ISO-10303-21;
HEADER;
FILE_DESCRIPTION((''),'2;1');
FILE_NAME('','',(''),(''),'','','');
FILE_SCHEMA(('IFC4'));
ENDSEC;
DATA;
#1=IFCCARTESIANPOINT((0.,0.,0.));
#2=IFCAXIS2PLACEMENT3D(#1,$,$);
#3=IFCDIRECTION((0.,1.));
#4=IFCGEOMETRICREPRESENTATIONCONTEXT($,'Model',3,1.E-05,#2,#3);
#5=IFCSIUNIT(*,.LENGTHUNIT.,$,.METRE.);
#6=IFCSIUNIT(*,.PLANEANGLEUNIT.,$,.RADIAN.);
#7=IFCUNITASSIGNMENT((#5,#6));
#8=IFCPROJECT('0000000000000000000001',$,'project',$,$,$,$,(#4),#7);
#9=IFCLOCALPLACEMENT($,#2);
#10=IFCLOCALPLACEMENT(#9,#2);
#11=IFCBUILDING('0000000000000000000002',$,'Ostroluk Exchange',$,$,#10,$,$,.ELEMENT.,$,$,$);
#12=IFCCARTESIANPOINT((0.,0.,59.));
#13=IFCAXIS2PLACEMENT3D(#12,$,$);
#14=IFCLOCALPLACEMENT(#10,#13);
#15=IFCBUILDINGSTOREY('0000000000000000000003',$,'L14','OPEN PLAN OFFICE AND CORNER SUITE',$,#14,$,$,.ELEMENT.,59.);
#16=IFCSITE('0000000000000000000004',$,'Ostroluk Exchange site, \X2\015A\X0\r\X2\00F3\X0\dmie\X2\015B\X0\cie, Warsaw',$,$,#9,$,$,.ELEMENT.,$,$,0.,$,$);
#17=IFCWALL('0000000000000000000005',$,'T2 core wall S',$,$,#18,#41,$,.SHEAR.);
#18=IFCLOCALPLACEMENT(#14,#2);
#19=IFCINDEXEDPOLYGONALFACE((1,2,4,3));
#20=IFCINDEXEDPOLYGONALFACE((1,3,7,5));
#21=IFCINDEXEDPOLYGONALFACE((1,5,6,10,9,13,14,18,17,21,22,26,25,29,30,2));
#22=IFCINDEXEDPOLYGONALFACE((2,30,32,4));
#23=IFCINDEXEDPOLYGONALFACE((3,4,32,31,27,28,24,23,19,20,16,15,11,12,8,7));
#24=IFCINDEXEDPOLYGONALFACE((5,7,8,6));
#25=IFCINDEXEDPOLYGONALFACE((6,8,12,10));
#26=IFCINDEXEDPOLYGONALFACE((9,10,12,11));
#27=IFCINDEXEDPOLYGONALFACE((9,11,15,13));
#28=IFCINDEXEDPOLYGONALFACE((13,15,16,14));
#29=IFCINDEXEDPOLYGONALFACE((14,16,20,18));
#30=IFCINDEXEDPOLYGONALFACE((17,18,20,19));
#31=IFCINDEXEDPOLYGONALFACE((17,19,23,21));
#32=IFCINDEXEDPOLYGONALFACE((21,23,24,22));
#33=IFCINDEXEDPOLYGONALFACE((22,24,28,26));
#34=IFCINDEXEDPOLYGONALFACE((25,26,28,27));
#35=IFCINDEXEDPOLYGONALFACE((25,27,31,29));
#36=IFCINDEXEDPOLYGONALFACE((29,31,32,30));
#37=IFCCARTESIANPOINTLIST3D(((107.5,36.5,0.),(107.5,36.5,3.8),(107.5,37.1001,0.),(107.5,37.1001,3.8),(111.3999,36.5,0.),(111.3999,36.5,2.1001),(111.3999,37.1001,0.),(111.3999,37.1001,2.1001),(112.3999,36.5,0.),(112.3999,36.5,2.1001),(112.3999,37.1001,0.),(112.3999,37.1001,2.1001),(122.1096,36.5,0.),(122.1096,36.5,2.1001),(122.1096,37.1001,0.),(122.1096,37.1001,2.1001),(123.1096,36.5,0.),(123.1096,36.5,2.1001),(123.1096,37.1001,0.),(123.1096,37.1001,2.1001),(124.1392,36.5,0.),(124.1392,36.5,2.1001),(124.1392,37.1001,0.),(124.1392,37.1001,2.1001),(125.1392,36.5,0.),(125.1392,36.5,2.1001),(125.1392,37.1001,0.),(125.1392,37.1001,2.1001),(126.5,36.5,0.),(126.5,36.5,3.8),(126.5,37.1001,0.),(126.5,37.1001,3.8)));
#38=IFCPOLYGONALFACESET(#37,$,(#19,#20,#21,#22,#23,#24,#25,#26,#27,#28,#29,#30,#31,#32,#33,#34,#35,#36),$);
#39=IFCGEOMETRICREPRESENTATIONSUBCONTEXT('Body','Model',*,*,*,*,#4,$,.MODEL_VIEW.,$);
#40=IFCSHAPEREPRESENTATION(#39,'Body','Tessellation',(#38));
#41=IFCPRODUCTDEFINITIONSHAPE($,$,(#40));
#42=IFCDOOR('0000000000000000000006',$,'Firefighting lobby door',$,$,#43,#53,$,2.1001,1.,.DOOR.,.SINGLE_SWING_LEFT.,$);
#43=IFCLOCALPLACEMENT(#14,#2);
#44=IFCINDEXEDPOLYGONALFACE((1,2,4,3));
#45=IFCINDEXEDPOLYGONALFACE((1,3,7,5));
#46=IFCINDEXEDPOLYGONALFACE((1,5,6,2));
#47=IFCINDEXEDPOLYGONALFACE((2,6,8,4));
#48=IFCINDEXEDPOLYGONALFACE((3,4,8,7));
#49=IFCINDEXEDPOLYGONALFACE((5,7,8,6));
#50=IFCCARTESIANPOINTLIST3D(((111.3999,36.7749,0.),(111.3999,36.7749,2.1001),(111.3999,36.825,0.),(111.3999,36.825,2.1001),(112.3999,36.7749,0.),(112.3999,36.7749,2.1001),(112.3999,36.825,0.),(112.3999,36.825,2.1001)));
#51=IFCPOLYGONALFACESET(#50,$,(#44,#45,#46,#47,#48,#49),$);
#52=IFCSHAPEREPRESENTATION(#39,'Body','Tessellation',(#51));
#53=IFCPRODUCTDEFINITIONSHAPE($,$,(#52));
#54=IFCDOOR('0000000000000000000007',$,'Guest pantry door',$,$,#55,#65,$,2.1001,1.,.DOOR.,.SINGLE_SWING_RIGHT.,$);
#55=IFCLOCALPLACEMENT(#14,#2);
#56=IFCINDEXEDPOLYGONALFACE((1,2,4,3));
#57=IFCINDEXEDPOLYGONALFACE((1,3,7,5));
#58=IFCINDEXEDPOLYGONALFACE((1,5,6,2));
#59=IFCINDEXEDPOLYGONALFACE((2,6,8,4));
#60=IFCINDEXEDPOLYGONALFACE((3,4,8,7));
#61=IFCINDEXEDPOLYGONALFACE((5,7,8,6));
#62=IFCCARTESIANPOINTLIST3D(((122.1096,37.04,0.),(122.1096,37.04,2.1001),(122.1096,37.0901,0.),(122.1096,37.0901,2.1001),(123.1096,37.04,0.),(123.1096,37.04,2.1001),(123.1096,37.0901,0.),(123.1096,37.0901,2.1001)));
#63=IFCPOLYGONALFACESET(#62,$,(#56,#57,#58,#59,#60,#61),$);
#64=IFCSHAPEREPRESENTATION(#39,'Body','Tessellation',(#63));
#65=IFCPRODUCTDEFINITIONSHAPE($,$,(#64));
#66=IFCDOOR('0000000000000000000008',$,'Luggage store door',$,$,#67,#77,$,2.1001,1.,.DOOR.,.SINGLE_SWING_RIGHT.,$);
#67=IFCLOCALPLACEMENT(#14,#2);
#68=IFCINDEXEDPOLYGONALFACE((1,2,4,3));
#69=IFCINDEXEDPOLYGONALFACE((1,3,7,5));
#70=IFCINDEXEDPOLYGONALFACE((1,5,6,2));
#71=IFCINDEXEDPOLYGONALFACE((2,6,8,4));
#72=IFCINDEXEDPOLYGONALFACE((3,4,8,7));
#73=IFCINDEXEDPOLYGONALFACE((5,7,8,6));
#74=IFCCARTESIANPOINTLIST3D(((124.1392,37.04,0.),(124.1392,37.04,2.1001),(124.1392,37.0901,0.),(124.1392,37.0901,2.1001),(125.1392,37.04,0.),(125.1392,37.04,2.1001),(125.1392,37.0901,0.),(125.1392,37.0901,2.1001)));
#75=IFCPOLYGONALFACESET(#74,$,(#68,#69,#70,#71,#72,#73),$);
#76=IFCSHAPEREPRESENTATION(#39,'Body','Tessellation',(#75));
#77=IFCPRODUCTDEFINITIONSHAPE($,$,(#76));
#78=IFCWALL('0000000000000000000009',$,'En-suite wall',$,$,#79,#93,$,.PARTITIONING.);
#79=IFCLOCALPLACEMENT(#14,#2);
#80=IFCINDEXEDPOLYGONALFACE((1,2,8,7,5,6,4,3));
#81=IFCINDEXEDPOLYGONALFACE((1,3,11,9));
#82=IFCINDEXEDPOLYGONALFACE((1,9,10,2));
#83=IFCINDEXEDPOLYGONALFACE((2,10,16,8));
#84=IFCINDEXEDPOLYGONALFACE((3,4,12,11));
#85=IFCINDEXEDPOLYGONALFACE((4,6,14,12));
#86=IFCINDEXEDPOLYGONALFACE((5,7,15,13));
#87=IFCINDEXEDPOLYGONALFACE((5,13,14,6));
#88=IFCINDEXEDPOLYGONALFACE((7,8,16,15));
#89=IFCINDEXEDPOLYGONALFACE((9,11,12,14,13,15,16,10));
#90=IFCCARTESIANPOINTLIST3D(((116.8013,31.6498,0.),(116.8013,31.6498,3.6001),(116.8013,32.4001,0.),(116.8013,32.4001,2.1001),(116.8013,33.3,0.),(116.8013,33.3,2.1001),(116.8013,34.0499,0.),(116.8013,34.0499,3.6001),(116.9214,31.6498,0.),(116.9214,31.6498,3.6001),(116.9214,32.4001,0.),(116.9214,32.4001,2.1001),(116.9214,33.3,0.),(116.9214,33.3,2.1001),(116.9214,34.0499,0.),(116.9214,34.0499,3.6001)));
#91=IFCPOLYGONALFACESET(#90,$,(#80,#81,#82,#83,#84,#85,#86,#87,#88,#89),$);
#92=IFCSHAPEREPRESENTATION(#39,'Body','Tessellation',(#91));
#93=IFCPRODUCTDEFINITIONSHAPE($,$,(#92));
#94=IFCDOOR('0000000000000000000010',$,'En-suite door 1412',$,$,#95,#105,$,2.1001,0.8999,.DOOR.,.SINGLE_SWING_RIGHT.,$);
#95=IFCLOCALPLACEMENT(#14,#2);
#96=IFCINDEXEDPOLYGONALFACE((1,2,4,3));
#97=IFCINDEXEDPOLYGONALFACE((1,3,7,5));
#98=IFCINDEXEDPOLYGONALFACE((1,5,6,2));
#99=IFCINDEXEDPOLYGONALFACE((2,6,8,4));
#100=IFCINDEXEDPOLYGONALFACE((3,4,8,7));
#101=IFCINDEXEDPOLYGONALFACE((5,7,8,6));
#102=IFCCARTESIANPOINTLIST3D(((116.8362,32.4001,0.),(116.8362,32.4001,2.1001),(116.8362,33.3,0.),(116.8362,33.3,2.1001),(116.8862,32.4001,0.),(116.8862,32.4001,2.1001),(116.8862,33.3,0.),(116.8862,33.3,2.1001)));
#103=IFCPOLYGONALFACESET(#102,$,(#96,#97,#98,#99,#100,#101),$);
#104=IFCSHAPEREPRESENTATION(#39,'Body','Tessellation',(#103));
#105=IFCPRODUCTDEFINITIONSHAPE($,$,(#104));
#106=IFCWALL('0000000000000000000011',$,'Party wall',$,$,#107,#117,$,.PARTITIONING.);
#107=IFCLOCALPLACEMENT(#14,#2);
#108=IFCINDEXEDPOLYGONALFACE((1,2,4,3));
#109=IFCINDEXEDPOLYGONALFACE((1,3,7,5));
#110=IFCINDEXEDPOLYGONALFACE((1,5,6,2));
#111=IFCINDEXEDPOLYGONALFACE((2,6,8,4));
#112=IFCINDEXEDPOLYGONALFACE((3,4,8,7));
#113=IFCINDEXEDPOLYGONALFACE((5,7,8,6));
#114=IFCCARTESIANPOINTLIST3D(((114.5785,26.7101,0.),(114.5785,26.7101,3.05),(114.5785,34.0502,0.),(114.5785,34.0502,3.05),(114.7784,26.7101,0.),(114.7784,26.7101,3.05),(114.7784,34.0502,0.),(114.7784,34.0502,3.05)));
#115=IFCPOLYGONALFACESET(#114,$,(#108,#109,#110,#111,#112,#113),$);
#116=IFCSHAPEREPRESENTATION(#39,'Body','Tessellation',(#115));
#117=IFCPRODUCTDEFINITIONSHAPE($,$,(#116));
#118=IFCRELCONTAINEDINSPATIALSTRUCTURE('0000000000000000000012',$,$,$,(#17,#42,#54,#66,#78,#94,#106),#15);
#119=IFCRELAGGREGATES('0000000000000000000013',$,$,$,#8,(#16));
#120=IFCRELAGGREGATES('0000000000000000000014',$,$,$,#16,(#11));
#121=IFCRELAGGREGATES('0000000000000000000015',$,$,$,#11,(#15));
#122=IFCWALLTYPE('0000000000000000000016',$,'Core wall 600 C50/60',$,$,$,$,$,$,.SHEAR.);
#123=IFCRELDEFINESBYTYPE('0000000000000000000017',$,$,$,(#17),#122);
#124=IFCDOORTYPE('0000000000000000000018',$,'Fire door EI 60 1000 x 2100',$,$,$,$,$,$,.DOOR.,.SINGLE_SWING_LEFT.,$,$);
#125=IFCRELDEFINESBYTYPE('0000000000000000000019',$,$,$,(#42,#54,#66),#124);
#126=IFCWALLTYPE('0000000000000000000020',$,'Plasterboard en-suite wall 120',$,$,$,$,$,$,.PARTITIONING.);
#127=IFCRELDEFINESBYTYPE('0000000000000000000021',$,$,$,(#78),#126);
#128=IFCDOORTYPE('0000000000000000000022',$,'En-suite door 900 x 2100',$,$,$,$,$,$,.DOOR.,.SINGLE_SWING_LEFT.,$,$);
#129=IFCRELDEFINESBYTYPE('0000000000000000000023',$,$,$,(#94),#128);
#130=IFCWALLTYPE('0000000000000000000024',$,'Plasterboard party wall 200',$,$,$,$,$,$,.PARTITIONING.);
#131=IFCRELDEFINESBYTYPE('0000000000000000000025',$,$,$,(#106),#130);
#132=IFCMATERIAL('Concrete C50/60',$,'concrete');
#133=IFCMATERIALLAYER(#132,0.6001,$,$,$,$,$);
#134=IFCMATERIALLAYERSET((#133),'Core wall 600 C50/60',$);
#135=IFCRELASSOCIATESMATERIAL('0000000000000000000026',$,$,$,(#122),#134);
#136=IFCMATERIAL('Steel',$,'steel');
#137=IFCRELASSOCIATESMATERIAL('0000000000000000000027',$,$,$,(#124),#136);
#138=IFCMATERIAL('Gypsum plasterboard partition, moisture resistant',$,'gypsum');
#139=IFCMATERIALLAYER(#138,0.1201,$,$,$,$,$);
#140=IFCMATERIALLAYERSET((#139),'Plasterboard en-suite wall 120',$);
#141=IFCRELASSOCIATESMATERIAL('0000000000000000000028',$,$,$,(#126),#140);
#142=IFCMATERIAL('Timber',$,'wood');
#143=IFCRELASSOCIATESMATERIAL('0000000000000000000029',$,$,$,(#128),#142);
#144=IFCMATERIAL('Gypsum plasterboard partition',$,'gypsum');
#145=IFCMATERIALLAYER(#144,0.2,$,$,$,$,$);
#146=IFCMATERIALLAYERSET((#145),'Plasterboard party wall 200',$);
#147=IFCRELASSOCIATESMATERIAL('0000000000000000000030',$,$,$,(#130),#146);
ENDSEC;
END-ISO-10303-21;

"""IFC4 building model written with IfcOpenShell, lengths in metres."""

from ifc_helpers import new_model, si_unit, direction, frame, frame_2d, origin, place, context, subcontext, project, spatial, rectangle, extrude, material, layer, layer_set, type_object, element, fill, save


model = new_model("IFC4")

# Units and contexts
model_context = context("Model", 3, precision=1e-05, world=origin(), true_north=direction((0.0, 1.0)))
body_context = subcontext(model_context, "Body", "Model", "MODEL_VIEW")
ifc_project = project(units=[si_unit("LENGTHUNIT", "METRE"), si_unit("PLANEANGLEUNIT", "RADIAN")], contexts=[model_context])

# Site, building, storey
site_placement = place(None, origin())
site = spatial("IfcSite", under=ifc_project, at=site_placement, Name="Ostroluk Exchange site, Śródmieście, Warsaw", CompositionType="ELEMENT", RefElevation=0.0)
building_placement = place(site_placement, origin())
building = spatial("IfcBuilding", under=site, at=building_placement, Name="Ostroluk Exchange", CompositionType="ELEMENT")
storey_placement = place(building_placement, frame((0.0, 0.0, 59.0)))
storey = spatial("IfcBuildingStorey", under=building, at=storey_placement, Name="L14", Description="OPEN PLAN OFFICE AND CORNER SUITE", CompositionType="ELEMENT", Elevation=59.0)

# Wall, openings, doors
ifc_material_1 = material(Name="Concrete C50/60", Category="concrete")
ifc_layer_1 = layer(ifc_material_1, 0.6001)
ifc_layer_set_1 = layer_set([ifc_layer_1], Name="Core wall 600 C50/60")
wall_type_1 = type_object("IfcWallType", Name="Core wall 600 C50/60", PredefinedType="SHEAR", material=ifc_layer_set_1)
wall_1_placement = place(storey_placement, frame((107.5, 36.8, 0.0), z_axis=(0.0, 0.0, 1.0), x_axis=(1.0, 0.0, 0.0)))
wall_1 = element("IfcWall", 1, at=wall_1_placement, inside=storey, type_object=wall_type_1, Name="T2 core wall S", PredefinedType="SHEAR", context=body_context, shape_type="SweptSolid", body=[
    extrude(rectangle(XDim=19.0, YDim=0.6001, at=frame_2d((9.5, 0.0))), origin(), (0.0, 0.0, 1.0), 3.8),
])
opening_1_placement = place(wall_1_placement, frame((3.8999, 0.0, 0.0)))
opening_1 = element("IfcOpeningElement", 2, at=opening_1_placement, cuts=wall_1, PredefinedType="OPENING", context=body_context, shape_type="SweptSolid", body=[
    extrude(rectangle(XDim=1.0, YDim=2.1001, at=frame_2d((0.5, 1.05))), frame((0.0, 0.3101, 0.0), z_axis=(0.0, -1.0, 0.0), x_axis=(1.0, 0.0, 0.0)), (0.0, 0.0, 1.0), 0.6201),
])
opening_2_placement = place(wall_1_placement, frame((14.6096, 0.0, 0.0)))
opening_2 = element("IfcOpeningElement", 3, at=opening_2_placement, cuts=wall_1, PredefinedType="OPENING", context=body_context, shape_type="SweptSolid", body=[
    extrude(rectangle(XDim=1.0, YDim=2.1001, at=frame_2d((0.5, 1.05))), frame((0.0, 0.3101, 0.0), z_axis=(0.0, -1.0, 0.0), x_axis=(1.0, 0.0, 0.0)), (0.0, 0.0, 1.0), 0.6201),
])
opening_3_placement = place(wall_1_placement, frame((16.6392, 0.0, 0.0)))
opening_3 = element("IfcOpeningElement", 4, at=opening_3_placement, cuts=wall_1, PredefinedType="OPENING", context=body_context, shape_type="SweptSolid", body=[
    extrude(rectangle(XDim=1.0, YDim=2.1001, at=frame_2d((0.5, 1.05))), frame((0.0, 0.3101, 0.0), z_axis=(0.0, -1.0, 0.0), x_axis=(1.0, 0.0, 0.0)), (0.0, 0.0, 1.0), 0.6201),
])
ifc_material_2 = material(Name="Steel", Category="steel")
door_type_1 = type_object("IfcDoorType", Name="Fire door EI 60 1000 x 2100", OperationType="SINGLE_SWING_LEFT", PredefinedType="DOOR", material=ifc_material_2)
door_1_placement = place(opening_1_placement, origin())
door_1 = element("IfcDoor", 5, at=door_1_placement, inside=storey, type_object=door_type_1, Name="Firefighting lobby door", OperationType="SINGLE_SWING_LEFT", OverallHeight=2.1001, OverallWidth=1.0, PredefinedType="DOOR", context=body_context, shape_type="SweptSolid", body=[
    extrude(rectangle(XDim=1.0, YDim=2.1001, at=frame_2d((0.5, 1.05))), frame((0.0, 0.0249, 0.0), z_axis=(0.0, -1.0, 0.0), x_axis=(1.0, 0.0, 0.0)), (0.0, 0.0, 1.0), 0.05),
])
fill(opening_1, door_1)
door_2_placement = place(opening_2_placement, origin())
door_2 = element("IfcDoor", 6, at=door_2_placement, inside=storey, type_object=door_type_1, Name="Guest pantry door", OperationType="SINGLE_SWING_RIGHT", OverallHeight=2.1001, OverallWidth=1.0, PredefinedType="DOOR", context=body_context, shape_type="SweptSolid", body=[
    extrude(rectangle(XDim=1.0, YDim=2.1001, at=frame_2d((0.5, 1.05))), frame((0.0, 0.29, 0.0), z_axis=(0.0, -1.0, 0.0), x_axis=(1.0, 0.0, 0.0)), (0.0, 0.0, 1.0), 0.05),
])
fill(opening_2, door_2)
door_3_placement = place(opening_3_placement, origin())
door_3 = element("IfcDoor", 7, at=door_3_placement, inside=storey, type_object=door_type_1, Name="Luggage store door", OperationType="SINGLE_SWING_RIGHT", OverallHeight=2.1001, OverallWidth=1.0, PredefinedType="DOOR", context=body_context, shape_type="SweptSolid", body=[
    extrude(rectangle(XDim=1.0, YDim=2.1001, at=frame_2d((0.5, 1.05))), frame((0.0, 0.29, 0.0), z_axis=(0.0, -1.0, 0.0), x_axis=(1.0, 0.0, 0.0)), (0.0, 0.0, 1.0), 0.05),
])
fill(opening_3, door_3)

# Wall, opening, door
ifc_material_3 = material(Name="Gypsum plasterboard partition, moisture resistant", Category="gypsum")
ifc_layer_2 = layer(ifc_material_3, 0.1201)
ifc_layer_set_2 = layer_set([ifc_layer_2], Name="Plasterboard en-suite wall 120")
wall_type_2 = type_object("IfcWallType", Name="Plasterboard en-suite wall 120", PredefinedType="PARTITIONING", material=ifc_layer_set_2)
wall_2_placement = place(storey_placement, frame((116.8613, 34.05, 0.0), z_axis=(0.0, 0.0, 1.0), x_axis=(0.0, -1.0, 0.0)))
wall_2 = element("IfcWall", 8, at=wall_2_placement, inside=storey, type_object=wall_type_2, Name="En-suite wall", PredefinedType="PARTITIONING", context=body_context, shape_type="SweptSolid", body=[
    extrude(rectangle(XDim=2.4001, YDim=0.1201, at=frame_2d((1.2002, 0.0))), origin(), (0.0, 0.0, 1.0), 3.6001),
])
opening_4_placement = place(wall_2_placement, frame((0.75, 0.0, 0.0)))
opening_4 = element("IfcOpeningElement", 9, at=opening_4_placement, cuts=wall_2, PredefinedType="OPENING", context=body_context, shape_type="SweptSolid", body=[
    extrude(rectangle(XDim=0.8999, YDim=2.1001, at=frame_2d((0.45, 1.05))), frame((0.0, 0.0701, 0.0), z_axis=(0.0, -1.0, 0.0), x_axis=(1.0, 0.0, 0.0)), (0.0, 0.0, 1.0), 0.1401),
])
ifc_material_4 = material(Name="Timber", Category="wood")
door_type_2 = type_object("IfcDoorType", Name="En-suite door 900 x 2100", OperationType="SINGLE_SWING_LEFT", PredefinedType="DOOR", material=ifc_material_4)
door_4_placement = place(opening_4_placement, origin())
door_4 = element("IfcDoor", 10, at=door_4_placement, inside=storey, type_object=door_type_2, Name="En-suite door 1412", OperationType="SINGLE_SWING_RIGHT", OverallHeight=2.1001, OverallWidth=0.8999, PredefinedType="DOOR", context=body_context, shape_type="SweptSolid", body=[
    extrude(rectangle(XDim=0.8999, YDim=2.1001, at=frame_2d((0.45, 1.05))), frame((0.0, 0.0249, 0.0), z_axis=(0.0, -1.0, 0.0), x_axis=(1.0, 0.0, 0.0)), (0.0, 0.0, 1.0), 0.05),
])
fill(opening_4, door_4)

# Wall
ifc_material_5 = material(Name="Gypsum plasterboard partition", Category="gypsum")
ifc_layer_3 = layer(ifc_material_5, 0.2)
ifc_layer_set_3 = layer_set([ifc_layer_3], Name="Plasterboard party wall 200")
wall_type_3 = type_object("IfcWallType", Name="Plasterboard party wall 200", PredefinedType="PARTITIONING", material=ifc_layer_set_3)
wall_3_placement = place(storey_placement, frame((114.6785, 34.05, 0.0), z_axis=(0.0, 0.0, 1.0), x_axis=(0.0, -1.0, 0.0)))
element("IfcWall", 11, at=wall_3_placement, inside=storey, type_object=wall_type_3, Name="Party wall", PredefinedType="PARTITIONING", context=body_context, shape_type="SweptSolid", body=[
    extrude(rectangle(XDim=7.3401, YDim=0.2, at=frame_2d((3.6699, 0.0))), origin(), (0.0, 0.0, 1.0), 3.05),
])

save(model, "model.ifc")
